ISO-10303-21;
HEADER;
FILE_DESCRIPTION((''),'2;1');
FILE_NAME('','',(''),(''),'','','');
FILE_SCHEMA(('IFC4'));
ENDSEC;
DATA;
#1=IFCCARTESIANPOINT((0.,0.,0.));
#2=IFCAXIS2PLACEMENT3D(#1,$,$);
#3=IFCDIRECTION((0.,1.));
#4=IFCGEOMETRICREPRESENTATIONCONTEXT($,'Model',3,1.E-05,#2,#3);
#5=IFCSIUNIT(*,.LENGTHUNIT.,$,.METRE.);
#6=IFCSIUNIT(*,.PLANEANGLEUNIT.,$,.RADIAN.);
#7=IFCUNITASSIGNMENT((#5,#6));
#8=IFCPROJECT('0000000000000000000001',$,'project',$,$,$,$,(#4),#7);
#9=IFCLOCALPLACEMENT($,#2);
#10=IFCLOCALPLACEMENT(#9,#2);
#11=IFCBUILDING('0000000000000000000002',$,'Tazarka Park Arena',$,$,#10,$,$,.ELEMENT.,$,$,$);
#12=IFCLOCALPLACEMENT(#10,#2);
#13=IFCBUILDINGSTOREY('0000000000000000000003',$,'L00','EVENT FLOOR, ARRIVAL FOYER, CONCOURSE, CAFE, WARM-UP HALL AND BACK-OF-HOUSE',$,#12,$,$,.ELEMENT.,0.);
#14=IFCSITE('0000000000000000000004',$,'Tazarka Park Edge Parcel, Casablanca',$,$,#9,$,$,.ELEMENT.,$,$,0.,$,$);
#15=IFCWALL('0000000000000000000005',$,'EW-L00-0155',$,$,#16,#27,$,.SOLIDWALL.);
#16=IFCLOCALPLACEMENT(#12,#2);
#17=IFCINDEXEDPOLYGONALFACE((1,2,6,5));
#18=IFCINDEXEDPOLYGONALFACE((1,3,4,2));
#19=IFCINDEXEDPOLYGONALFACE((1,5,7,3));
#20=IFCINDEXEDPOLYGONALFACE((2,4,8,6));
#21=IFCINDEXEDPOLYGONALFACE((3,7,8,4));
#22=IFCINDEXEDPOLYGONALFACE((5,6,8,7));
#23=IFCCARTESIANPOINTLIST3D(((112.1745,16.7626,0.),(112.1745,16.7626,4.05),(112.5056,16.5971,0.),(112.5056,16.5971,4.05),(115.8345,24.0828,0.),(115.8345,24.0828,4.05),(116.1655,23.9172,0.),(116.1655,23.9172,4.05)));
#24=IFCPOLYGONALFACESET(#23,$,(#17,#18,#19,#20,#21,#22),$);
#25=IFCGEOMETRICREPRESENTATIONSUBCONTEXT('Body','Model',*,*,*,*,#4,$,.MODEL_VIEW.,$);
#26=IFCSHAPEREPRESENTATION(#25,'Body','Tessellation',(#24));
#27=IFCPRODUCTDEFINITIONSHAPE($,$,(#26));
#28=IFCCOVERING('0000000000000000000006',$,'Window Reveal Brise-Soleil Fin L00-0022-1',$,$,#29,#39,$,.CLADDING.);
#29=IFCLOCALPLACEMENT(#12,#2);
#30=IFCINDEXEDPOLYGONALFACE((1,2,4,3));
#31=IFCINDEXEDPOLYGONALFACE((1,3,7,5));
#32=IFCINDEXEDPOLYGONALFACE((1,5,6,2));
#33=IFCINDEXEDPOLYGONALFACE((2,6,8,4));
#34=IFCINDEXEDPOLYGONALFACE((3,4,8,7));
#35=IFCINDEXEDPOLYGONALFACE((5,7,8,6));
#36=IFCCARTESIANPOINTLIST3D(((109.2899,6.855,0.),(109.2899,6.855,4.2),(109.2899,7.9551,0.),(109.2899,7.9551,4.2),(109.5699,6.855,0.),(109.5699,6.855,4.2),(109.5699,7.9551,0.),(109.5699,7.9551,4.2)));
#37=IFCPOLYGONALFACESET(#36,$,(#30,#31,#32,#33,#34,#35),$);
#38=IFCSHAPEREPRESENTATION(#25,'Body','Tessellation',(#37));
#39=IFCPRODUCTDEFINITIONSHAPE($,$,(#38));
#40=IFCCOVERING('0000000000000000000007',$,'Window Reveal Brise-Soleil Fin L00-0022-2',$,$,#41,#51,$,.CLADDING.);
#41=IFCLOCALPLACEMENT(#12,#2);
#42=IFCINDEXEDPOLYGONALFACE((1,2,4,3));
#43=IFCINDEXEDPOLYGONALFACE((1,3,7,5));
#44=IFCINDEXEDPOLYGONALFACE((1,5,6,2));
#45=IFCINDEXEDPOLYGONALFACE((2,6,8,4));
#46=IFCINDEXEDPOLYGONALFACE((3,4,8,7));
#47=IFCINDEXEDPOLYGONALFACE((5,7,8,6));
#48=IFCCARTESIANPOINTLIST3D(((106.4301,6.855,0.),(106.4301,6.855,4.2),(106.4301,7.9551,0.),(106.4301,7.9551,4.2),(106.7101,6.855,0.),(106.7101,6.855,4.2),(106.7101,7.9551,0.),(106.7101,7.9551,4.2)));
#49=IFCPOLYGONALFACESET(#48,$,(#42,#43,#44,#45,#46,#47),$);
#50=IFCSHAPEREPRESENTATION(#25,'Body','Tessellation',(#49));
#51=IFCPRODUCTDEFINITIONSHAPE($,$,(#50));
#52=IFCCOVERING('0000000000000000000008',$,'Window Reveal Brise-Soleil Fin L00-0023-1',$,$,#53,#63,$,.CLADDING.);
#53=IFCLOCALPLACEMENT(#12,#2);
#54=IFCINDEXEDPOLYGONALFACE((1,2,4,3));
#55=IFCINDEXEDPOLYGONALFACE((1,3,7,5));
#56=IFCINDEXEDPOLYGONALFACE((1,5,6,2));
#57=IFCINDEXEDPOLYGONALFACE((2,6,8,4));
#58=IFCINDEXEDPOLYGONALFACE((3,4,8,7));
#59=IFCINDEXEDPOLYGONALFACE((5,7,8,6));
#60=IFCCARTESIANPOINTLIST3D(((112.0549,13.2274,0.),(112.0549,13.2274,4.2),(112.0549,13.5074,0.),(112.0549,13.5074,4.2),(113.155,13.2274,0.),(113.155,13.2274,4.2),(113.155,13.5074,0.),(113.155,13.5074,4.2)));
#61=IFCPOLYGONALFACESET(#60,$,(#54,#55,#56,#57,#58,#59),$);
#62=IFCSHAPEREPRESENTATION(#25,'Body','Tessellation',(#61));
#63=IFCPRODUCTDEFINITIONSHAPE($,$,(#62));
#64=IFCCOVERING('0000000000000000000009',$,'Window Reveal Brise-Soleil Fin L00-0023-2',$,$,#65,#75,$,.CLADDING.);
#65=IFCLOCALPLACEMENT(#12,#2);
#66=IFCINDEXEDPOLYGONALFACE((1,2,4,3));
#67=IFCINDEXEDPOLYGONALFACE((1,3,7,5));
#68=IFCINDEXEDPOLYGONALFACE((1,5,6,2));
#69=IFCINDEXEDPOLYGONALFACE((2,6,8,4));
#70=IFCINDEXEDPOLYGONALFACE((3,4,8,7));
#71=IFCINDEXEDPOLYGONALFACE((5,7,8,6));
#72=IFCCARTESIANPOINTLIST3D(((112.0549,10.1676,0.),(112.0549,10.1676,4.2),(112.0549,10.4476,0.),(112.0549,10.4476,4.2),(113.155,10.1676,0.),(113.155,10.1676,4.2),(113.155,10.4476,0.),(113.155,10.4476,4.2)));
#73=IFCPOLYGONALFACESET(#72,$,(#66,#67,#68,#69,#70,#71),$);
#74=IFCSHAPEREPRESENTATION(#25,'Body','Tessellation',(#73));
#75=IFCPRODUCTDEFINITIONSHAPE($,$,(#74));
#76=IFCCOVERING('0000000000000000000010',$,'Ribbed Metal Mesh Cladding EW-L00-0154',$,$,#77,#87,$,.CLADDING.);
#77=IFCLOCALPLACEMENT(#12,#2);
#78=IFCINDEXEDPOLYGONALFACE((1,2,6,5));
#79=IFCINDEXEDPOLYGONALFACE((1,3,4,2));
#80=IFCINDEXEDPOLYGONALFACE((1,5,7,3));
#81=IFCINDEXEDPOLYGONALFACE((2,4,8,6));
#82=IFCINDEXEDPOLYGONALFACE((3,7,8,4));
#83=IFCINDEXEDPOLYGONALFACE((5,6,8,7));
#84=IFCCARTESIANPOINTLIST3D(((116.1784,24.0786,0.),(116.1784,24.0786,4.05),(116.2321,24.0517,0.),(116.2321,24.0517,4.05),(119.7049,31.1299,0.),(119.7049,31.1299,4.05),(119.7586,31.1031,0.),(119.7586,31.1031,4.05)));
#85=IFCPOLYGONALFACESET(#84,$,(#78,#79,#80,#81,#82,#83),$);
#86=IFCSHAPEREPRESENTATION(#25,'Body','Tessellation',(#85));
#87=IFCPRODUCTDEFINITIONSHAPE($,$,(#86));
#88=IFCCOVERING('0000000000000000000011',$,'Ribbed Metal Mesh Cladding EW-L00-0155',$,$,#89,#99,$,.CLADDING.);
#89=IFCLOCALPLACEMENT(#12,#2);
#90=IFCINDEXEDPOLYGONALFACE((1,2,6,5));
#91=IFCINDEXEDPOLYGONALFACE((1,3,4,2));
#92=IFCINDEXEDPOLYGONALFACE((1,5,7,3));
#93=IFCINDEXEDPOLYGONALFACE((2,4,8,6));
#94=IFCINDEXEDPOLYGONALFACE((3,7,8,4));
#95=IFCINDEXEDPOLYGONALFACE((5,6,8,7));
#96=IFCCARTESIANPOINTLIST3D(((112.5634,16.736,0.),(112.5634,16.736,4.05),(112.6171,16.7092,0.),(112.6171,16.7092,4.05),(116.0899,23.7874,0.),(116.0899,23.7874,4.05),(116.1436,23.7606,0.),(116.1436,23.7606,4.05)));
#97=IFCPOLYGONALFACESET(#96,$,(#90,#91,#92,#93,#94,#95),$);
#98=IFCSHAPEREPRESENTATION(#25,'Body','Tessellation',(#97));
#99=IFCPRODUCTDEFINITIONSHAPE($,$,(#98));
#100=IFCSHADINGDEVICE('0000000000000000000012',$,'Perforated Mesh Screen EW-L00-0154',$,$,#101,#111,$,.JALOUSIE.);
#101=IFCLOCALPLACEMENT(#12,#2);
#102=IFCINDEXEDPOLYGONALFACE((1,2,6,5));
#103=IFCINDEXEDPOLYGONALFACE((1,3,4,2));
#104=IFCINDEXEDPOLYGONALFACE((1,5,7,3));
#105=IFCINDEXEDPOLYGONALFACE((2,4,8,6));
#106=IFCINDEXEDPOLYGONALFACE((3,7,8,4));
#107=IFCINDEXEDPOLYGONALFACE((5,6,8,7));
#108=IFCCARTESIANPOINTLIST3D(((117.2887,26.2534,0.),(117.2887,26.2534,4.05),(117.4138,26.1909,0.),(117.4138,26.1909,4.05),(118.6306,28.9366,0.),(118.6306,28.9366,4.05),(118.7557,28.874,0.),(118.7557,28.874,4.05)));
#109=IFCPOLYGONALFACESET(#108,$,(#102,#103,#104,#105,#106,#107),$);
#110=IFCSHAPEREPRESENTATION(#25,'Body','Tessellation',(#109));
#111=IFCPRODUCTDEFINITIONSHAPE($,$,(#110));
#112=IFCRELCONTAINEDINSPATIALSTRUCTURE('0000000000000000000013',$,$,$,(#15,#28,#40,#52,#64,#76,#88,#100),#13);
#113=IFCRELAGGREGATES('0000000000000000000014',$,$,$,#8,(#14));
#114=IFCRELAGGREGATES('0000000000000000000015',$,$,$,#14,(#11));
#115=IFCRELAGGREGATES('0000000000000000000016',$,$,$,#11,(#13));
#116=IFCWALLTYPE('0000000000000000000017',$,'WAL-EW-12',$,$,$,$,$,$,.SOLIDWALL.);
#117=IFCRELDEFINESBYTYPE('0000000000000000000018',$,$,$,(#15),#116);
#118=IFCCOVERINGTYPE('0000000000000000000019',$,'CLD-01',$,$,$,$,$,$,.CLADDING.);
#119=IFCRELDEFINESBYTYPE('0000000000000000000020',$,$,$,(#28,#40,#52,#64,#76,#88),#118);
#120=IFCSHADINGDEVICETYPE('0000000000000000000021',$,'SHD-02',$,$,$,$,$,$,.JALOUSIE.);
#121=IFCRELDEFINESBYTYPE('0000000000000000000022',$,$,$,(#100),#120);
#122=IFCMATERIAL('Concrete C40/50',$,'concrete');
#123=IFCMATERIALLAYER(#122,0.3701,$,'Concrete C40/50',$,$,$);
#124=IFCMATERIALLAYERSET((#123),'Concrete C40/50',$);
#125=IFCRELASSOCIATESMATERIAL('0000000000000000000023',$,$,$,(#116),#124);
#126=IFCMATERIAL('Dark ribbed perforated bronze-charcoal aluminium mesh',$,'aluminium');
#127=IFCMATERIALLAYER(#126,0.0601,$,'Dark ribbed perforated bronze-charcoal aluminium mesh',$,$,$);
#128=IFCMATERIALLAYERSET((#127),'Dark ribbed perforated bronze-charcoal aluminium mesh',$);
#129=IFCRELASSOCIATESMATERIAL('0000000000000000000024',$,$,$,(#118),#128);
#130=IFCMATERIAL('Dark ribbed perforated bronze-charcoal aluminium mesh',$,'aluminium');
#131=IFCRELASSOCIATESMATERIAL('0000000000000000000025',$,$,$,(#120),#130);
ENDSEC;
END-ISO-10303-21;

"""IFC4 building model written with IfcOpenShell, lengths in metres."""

from ifc_helpers import new_model, si_unit, direction, frame, frame_2d, origin, origin_2d, place, context, subcontext, project, spatial, rectangle, extrude, material, layer, layer_set, type_object, element, save


model = new_model("IFC4")

# Units and contexts
model_context = context("Model", 3, precision=1e-05, world=origin(), true_north=direction((0.0, 1.0)))
body_context = subcontext(model_context, "Body", "Model", "MODEL_VIEW")
ifc_project = project(units=[si_unit("LENGTHUNIT", "METRE"), si_unit("PLANEANGLEUNIT", "RADIAN")], contexts=[model_context])

# Site, building, storey
site_placement = place(None, origin())
site = spatial("IfcSite", under=ifc_project, at=site_placement, Name="Tazarka Park Edge Parcel, Casablanca", CompositionType="ELEMENT", RefElevation=0.0)
building_placement = place(site_placement, origin())
building = spatial("IfcBuilding", under=site, at=building_placement, Name="Tazarka Park Arena", CompositionType="ELEMENT")
storey_placement = place(building_placement, origin())
storey = spatial("IfcBuildingStorey", under=building, at=storey_placement, Name="L00", Description="EVENT FLOOR, ARRIVAL FOYER, CONCOURSE, CAFE, WARM-UP HALL AND BACK-OF-HOUSE", CompositionType="ELEMENT", Elevation=0.0)

# Wall
ifc_material_1 = material(Name="Concrete C40/50", Category="concrete")
ifc_layer_1 = layer(ifc_material_1, 0.3701, Name="Concrete C40/50")
ifc_layer_set_1 = layer_set([ifc_layer_1], Name="Concrete C40/50")
wall_type_1 = type_object("IfcWallType", Name="WAL-EW-12", PredefinedType="SOLIDWALL", material=ifc_layer_set_1)
wall_1_placement = place(storey_placement, frame((116.0, 24.0, 0.0), z_axis=(0.0, 0.0, 1.0), x_axis=(-0.447202, -0.894433, 0.0)))
element("IfcWall", 1, at=wall_1_placement, inside=storey, type_object=wall_type_1, Name="EW-L00-0155", PredefinedType="SOLIDWALL", context=body_context, shape_type="SweptSolid", body=[
    extrude(rectangle(XDim=8.1841, YDim=0.3701, at=frame_2d((4.092, 0.0))), origin(), (0.0, 0.0, 1.0), 4.05),
])

# Coverings
ifc_material_2 = material(Name="Dark ribbed perforated bronze-charcoal aluminium mesh", Category="aluminium")
ifc_layer_2 = layer(ifc_material_2, 0.0601, Name="Dark ribbed perforated bronze-charcoal aluminium mesh")
ifc_layer_set_2 = layer_set([ifc_layer_2], Name="Dark ribbed perforated bronze-charcoal aluminium mesh")
covering_type = type_object("IfcCoveringType", Name="CLD-01", PredefinedType="CLADDING", material=ifc_layer_set_2)
for number, where, z_axis, x_axis, name in (
    (2, (109.4299, 7.405, 0.0), (0.0, 0.0, 1.0), (-1.0, 0.0, 0.0), "Window Reveal Brise-Soleil Fin L00-0022-1"),
    (3, (106.5701, 7.405, 0.0), (0.0, 0.0, 1.0), (-1.0, 0.0, 0.0), "Window Reveal Brise-Soleil Fin L00-0022-2"),
    (4, (112.605, 13.3674, 0.0), (0.0, 0.0, 1.0), (0.0, -1.0, 0.0), "Window Reveal Brise-Soleil Fin L00-0023-1"),
    (5, (112.605, 10.3076, 0.0), (0.0, 0.0, 1.0), (0.0, -1.0, 0.0), "Window Reveal Brise-Soleil Fin L00-0023-2"),
):
    element("IfcCovering", number, at=place(storey_placement, frame(where, z_axis=z_axis, x_axis=x_axis)), inside=storey, type_object=covering_type, Name=name, PredefinedType="CLADDING", context=body_context, shape_type="SweptSolid", body=[
        extrude(rectangle(XDim=0.28, YDim=1.1001, at=origin_2d()), origin(), (0.0, 0.0, 1.0), 4.2),
    ])
for number, where, z_axis, x_axis, name in (
    (6, (117.9685, 27.5908, 0.0), (0.0, 0.0, 1.0), (-0.447291, -0.894389, 0.0), "Ribbed Metal Mesh Cladding EW-L00-0154"),
    (7, (114.3535, 20.2483, 0.0), (0.0, 0.0, 1.0), (-0.447291, -0.894389, 0.0), "Ribbed Metal Mesh Cladding EW-L00-0155"),
):
    element("IfcCovering", number, at=place(storey_placement, frame(where, z_axis=z_axis, x_axis=x_axis)), inside=storey, type_object=covering_type, Name=name, PredefinedType="CLADDING", context=body_context, shape_type="SweptSolid", body=[
        extrude(rectangle(XDim=7.884, YDim=0.0601, at=origin_2d()), origin(), (0.0, 0.0, 1.0), 4.05),
    ])

# Shading device
ifc_material_3 = material(Name="Dark ribbed perforated bronze-charcoal aluminium mesh", Category="aluminium")
shading_device_type = type_object("IfcShadingDeviceType", Name="SHD-02", PredefinedType="JALOUSIE", material=ifc_material_3)
shading_device_placement = place(storey_placement, frame((118.0222, 27.5637, 0.0), z_axis=(0.0, 0.0, 1.0), x_axis=(-0.447291, -0.894389, 0.0)))
element("IfcShadingDevice", 8, at=shading_device_placement, inside=storey, type_object=shading_device_type, Name="Perforated Mesh Screen EW-L00-0154", PredefinedType="JALOUSIE", context=body_context, shape_type="SweptSolid", body=[
    extrude(rectangle(XDim=3.0, YDim=0.1399, at=origin_2d()), origin(), (0.0, 0.0, 1.0), 4.05),
])

save(model, "model.ifc")
